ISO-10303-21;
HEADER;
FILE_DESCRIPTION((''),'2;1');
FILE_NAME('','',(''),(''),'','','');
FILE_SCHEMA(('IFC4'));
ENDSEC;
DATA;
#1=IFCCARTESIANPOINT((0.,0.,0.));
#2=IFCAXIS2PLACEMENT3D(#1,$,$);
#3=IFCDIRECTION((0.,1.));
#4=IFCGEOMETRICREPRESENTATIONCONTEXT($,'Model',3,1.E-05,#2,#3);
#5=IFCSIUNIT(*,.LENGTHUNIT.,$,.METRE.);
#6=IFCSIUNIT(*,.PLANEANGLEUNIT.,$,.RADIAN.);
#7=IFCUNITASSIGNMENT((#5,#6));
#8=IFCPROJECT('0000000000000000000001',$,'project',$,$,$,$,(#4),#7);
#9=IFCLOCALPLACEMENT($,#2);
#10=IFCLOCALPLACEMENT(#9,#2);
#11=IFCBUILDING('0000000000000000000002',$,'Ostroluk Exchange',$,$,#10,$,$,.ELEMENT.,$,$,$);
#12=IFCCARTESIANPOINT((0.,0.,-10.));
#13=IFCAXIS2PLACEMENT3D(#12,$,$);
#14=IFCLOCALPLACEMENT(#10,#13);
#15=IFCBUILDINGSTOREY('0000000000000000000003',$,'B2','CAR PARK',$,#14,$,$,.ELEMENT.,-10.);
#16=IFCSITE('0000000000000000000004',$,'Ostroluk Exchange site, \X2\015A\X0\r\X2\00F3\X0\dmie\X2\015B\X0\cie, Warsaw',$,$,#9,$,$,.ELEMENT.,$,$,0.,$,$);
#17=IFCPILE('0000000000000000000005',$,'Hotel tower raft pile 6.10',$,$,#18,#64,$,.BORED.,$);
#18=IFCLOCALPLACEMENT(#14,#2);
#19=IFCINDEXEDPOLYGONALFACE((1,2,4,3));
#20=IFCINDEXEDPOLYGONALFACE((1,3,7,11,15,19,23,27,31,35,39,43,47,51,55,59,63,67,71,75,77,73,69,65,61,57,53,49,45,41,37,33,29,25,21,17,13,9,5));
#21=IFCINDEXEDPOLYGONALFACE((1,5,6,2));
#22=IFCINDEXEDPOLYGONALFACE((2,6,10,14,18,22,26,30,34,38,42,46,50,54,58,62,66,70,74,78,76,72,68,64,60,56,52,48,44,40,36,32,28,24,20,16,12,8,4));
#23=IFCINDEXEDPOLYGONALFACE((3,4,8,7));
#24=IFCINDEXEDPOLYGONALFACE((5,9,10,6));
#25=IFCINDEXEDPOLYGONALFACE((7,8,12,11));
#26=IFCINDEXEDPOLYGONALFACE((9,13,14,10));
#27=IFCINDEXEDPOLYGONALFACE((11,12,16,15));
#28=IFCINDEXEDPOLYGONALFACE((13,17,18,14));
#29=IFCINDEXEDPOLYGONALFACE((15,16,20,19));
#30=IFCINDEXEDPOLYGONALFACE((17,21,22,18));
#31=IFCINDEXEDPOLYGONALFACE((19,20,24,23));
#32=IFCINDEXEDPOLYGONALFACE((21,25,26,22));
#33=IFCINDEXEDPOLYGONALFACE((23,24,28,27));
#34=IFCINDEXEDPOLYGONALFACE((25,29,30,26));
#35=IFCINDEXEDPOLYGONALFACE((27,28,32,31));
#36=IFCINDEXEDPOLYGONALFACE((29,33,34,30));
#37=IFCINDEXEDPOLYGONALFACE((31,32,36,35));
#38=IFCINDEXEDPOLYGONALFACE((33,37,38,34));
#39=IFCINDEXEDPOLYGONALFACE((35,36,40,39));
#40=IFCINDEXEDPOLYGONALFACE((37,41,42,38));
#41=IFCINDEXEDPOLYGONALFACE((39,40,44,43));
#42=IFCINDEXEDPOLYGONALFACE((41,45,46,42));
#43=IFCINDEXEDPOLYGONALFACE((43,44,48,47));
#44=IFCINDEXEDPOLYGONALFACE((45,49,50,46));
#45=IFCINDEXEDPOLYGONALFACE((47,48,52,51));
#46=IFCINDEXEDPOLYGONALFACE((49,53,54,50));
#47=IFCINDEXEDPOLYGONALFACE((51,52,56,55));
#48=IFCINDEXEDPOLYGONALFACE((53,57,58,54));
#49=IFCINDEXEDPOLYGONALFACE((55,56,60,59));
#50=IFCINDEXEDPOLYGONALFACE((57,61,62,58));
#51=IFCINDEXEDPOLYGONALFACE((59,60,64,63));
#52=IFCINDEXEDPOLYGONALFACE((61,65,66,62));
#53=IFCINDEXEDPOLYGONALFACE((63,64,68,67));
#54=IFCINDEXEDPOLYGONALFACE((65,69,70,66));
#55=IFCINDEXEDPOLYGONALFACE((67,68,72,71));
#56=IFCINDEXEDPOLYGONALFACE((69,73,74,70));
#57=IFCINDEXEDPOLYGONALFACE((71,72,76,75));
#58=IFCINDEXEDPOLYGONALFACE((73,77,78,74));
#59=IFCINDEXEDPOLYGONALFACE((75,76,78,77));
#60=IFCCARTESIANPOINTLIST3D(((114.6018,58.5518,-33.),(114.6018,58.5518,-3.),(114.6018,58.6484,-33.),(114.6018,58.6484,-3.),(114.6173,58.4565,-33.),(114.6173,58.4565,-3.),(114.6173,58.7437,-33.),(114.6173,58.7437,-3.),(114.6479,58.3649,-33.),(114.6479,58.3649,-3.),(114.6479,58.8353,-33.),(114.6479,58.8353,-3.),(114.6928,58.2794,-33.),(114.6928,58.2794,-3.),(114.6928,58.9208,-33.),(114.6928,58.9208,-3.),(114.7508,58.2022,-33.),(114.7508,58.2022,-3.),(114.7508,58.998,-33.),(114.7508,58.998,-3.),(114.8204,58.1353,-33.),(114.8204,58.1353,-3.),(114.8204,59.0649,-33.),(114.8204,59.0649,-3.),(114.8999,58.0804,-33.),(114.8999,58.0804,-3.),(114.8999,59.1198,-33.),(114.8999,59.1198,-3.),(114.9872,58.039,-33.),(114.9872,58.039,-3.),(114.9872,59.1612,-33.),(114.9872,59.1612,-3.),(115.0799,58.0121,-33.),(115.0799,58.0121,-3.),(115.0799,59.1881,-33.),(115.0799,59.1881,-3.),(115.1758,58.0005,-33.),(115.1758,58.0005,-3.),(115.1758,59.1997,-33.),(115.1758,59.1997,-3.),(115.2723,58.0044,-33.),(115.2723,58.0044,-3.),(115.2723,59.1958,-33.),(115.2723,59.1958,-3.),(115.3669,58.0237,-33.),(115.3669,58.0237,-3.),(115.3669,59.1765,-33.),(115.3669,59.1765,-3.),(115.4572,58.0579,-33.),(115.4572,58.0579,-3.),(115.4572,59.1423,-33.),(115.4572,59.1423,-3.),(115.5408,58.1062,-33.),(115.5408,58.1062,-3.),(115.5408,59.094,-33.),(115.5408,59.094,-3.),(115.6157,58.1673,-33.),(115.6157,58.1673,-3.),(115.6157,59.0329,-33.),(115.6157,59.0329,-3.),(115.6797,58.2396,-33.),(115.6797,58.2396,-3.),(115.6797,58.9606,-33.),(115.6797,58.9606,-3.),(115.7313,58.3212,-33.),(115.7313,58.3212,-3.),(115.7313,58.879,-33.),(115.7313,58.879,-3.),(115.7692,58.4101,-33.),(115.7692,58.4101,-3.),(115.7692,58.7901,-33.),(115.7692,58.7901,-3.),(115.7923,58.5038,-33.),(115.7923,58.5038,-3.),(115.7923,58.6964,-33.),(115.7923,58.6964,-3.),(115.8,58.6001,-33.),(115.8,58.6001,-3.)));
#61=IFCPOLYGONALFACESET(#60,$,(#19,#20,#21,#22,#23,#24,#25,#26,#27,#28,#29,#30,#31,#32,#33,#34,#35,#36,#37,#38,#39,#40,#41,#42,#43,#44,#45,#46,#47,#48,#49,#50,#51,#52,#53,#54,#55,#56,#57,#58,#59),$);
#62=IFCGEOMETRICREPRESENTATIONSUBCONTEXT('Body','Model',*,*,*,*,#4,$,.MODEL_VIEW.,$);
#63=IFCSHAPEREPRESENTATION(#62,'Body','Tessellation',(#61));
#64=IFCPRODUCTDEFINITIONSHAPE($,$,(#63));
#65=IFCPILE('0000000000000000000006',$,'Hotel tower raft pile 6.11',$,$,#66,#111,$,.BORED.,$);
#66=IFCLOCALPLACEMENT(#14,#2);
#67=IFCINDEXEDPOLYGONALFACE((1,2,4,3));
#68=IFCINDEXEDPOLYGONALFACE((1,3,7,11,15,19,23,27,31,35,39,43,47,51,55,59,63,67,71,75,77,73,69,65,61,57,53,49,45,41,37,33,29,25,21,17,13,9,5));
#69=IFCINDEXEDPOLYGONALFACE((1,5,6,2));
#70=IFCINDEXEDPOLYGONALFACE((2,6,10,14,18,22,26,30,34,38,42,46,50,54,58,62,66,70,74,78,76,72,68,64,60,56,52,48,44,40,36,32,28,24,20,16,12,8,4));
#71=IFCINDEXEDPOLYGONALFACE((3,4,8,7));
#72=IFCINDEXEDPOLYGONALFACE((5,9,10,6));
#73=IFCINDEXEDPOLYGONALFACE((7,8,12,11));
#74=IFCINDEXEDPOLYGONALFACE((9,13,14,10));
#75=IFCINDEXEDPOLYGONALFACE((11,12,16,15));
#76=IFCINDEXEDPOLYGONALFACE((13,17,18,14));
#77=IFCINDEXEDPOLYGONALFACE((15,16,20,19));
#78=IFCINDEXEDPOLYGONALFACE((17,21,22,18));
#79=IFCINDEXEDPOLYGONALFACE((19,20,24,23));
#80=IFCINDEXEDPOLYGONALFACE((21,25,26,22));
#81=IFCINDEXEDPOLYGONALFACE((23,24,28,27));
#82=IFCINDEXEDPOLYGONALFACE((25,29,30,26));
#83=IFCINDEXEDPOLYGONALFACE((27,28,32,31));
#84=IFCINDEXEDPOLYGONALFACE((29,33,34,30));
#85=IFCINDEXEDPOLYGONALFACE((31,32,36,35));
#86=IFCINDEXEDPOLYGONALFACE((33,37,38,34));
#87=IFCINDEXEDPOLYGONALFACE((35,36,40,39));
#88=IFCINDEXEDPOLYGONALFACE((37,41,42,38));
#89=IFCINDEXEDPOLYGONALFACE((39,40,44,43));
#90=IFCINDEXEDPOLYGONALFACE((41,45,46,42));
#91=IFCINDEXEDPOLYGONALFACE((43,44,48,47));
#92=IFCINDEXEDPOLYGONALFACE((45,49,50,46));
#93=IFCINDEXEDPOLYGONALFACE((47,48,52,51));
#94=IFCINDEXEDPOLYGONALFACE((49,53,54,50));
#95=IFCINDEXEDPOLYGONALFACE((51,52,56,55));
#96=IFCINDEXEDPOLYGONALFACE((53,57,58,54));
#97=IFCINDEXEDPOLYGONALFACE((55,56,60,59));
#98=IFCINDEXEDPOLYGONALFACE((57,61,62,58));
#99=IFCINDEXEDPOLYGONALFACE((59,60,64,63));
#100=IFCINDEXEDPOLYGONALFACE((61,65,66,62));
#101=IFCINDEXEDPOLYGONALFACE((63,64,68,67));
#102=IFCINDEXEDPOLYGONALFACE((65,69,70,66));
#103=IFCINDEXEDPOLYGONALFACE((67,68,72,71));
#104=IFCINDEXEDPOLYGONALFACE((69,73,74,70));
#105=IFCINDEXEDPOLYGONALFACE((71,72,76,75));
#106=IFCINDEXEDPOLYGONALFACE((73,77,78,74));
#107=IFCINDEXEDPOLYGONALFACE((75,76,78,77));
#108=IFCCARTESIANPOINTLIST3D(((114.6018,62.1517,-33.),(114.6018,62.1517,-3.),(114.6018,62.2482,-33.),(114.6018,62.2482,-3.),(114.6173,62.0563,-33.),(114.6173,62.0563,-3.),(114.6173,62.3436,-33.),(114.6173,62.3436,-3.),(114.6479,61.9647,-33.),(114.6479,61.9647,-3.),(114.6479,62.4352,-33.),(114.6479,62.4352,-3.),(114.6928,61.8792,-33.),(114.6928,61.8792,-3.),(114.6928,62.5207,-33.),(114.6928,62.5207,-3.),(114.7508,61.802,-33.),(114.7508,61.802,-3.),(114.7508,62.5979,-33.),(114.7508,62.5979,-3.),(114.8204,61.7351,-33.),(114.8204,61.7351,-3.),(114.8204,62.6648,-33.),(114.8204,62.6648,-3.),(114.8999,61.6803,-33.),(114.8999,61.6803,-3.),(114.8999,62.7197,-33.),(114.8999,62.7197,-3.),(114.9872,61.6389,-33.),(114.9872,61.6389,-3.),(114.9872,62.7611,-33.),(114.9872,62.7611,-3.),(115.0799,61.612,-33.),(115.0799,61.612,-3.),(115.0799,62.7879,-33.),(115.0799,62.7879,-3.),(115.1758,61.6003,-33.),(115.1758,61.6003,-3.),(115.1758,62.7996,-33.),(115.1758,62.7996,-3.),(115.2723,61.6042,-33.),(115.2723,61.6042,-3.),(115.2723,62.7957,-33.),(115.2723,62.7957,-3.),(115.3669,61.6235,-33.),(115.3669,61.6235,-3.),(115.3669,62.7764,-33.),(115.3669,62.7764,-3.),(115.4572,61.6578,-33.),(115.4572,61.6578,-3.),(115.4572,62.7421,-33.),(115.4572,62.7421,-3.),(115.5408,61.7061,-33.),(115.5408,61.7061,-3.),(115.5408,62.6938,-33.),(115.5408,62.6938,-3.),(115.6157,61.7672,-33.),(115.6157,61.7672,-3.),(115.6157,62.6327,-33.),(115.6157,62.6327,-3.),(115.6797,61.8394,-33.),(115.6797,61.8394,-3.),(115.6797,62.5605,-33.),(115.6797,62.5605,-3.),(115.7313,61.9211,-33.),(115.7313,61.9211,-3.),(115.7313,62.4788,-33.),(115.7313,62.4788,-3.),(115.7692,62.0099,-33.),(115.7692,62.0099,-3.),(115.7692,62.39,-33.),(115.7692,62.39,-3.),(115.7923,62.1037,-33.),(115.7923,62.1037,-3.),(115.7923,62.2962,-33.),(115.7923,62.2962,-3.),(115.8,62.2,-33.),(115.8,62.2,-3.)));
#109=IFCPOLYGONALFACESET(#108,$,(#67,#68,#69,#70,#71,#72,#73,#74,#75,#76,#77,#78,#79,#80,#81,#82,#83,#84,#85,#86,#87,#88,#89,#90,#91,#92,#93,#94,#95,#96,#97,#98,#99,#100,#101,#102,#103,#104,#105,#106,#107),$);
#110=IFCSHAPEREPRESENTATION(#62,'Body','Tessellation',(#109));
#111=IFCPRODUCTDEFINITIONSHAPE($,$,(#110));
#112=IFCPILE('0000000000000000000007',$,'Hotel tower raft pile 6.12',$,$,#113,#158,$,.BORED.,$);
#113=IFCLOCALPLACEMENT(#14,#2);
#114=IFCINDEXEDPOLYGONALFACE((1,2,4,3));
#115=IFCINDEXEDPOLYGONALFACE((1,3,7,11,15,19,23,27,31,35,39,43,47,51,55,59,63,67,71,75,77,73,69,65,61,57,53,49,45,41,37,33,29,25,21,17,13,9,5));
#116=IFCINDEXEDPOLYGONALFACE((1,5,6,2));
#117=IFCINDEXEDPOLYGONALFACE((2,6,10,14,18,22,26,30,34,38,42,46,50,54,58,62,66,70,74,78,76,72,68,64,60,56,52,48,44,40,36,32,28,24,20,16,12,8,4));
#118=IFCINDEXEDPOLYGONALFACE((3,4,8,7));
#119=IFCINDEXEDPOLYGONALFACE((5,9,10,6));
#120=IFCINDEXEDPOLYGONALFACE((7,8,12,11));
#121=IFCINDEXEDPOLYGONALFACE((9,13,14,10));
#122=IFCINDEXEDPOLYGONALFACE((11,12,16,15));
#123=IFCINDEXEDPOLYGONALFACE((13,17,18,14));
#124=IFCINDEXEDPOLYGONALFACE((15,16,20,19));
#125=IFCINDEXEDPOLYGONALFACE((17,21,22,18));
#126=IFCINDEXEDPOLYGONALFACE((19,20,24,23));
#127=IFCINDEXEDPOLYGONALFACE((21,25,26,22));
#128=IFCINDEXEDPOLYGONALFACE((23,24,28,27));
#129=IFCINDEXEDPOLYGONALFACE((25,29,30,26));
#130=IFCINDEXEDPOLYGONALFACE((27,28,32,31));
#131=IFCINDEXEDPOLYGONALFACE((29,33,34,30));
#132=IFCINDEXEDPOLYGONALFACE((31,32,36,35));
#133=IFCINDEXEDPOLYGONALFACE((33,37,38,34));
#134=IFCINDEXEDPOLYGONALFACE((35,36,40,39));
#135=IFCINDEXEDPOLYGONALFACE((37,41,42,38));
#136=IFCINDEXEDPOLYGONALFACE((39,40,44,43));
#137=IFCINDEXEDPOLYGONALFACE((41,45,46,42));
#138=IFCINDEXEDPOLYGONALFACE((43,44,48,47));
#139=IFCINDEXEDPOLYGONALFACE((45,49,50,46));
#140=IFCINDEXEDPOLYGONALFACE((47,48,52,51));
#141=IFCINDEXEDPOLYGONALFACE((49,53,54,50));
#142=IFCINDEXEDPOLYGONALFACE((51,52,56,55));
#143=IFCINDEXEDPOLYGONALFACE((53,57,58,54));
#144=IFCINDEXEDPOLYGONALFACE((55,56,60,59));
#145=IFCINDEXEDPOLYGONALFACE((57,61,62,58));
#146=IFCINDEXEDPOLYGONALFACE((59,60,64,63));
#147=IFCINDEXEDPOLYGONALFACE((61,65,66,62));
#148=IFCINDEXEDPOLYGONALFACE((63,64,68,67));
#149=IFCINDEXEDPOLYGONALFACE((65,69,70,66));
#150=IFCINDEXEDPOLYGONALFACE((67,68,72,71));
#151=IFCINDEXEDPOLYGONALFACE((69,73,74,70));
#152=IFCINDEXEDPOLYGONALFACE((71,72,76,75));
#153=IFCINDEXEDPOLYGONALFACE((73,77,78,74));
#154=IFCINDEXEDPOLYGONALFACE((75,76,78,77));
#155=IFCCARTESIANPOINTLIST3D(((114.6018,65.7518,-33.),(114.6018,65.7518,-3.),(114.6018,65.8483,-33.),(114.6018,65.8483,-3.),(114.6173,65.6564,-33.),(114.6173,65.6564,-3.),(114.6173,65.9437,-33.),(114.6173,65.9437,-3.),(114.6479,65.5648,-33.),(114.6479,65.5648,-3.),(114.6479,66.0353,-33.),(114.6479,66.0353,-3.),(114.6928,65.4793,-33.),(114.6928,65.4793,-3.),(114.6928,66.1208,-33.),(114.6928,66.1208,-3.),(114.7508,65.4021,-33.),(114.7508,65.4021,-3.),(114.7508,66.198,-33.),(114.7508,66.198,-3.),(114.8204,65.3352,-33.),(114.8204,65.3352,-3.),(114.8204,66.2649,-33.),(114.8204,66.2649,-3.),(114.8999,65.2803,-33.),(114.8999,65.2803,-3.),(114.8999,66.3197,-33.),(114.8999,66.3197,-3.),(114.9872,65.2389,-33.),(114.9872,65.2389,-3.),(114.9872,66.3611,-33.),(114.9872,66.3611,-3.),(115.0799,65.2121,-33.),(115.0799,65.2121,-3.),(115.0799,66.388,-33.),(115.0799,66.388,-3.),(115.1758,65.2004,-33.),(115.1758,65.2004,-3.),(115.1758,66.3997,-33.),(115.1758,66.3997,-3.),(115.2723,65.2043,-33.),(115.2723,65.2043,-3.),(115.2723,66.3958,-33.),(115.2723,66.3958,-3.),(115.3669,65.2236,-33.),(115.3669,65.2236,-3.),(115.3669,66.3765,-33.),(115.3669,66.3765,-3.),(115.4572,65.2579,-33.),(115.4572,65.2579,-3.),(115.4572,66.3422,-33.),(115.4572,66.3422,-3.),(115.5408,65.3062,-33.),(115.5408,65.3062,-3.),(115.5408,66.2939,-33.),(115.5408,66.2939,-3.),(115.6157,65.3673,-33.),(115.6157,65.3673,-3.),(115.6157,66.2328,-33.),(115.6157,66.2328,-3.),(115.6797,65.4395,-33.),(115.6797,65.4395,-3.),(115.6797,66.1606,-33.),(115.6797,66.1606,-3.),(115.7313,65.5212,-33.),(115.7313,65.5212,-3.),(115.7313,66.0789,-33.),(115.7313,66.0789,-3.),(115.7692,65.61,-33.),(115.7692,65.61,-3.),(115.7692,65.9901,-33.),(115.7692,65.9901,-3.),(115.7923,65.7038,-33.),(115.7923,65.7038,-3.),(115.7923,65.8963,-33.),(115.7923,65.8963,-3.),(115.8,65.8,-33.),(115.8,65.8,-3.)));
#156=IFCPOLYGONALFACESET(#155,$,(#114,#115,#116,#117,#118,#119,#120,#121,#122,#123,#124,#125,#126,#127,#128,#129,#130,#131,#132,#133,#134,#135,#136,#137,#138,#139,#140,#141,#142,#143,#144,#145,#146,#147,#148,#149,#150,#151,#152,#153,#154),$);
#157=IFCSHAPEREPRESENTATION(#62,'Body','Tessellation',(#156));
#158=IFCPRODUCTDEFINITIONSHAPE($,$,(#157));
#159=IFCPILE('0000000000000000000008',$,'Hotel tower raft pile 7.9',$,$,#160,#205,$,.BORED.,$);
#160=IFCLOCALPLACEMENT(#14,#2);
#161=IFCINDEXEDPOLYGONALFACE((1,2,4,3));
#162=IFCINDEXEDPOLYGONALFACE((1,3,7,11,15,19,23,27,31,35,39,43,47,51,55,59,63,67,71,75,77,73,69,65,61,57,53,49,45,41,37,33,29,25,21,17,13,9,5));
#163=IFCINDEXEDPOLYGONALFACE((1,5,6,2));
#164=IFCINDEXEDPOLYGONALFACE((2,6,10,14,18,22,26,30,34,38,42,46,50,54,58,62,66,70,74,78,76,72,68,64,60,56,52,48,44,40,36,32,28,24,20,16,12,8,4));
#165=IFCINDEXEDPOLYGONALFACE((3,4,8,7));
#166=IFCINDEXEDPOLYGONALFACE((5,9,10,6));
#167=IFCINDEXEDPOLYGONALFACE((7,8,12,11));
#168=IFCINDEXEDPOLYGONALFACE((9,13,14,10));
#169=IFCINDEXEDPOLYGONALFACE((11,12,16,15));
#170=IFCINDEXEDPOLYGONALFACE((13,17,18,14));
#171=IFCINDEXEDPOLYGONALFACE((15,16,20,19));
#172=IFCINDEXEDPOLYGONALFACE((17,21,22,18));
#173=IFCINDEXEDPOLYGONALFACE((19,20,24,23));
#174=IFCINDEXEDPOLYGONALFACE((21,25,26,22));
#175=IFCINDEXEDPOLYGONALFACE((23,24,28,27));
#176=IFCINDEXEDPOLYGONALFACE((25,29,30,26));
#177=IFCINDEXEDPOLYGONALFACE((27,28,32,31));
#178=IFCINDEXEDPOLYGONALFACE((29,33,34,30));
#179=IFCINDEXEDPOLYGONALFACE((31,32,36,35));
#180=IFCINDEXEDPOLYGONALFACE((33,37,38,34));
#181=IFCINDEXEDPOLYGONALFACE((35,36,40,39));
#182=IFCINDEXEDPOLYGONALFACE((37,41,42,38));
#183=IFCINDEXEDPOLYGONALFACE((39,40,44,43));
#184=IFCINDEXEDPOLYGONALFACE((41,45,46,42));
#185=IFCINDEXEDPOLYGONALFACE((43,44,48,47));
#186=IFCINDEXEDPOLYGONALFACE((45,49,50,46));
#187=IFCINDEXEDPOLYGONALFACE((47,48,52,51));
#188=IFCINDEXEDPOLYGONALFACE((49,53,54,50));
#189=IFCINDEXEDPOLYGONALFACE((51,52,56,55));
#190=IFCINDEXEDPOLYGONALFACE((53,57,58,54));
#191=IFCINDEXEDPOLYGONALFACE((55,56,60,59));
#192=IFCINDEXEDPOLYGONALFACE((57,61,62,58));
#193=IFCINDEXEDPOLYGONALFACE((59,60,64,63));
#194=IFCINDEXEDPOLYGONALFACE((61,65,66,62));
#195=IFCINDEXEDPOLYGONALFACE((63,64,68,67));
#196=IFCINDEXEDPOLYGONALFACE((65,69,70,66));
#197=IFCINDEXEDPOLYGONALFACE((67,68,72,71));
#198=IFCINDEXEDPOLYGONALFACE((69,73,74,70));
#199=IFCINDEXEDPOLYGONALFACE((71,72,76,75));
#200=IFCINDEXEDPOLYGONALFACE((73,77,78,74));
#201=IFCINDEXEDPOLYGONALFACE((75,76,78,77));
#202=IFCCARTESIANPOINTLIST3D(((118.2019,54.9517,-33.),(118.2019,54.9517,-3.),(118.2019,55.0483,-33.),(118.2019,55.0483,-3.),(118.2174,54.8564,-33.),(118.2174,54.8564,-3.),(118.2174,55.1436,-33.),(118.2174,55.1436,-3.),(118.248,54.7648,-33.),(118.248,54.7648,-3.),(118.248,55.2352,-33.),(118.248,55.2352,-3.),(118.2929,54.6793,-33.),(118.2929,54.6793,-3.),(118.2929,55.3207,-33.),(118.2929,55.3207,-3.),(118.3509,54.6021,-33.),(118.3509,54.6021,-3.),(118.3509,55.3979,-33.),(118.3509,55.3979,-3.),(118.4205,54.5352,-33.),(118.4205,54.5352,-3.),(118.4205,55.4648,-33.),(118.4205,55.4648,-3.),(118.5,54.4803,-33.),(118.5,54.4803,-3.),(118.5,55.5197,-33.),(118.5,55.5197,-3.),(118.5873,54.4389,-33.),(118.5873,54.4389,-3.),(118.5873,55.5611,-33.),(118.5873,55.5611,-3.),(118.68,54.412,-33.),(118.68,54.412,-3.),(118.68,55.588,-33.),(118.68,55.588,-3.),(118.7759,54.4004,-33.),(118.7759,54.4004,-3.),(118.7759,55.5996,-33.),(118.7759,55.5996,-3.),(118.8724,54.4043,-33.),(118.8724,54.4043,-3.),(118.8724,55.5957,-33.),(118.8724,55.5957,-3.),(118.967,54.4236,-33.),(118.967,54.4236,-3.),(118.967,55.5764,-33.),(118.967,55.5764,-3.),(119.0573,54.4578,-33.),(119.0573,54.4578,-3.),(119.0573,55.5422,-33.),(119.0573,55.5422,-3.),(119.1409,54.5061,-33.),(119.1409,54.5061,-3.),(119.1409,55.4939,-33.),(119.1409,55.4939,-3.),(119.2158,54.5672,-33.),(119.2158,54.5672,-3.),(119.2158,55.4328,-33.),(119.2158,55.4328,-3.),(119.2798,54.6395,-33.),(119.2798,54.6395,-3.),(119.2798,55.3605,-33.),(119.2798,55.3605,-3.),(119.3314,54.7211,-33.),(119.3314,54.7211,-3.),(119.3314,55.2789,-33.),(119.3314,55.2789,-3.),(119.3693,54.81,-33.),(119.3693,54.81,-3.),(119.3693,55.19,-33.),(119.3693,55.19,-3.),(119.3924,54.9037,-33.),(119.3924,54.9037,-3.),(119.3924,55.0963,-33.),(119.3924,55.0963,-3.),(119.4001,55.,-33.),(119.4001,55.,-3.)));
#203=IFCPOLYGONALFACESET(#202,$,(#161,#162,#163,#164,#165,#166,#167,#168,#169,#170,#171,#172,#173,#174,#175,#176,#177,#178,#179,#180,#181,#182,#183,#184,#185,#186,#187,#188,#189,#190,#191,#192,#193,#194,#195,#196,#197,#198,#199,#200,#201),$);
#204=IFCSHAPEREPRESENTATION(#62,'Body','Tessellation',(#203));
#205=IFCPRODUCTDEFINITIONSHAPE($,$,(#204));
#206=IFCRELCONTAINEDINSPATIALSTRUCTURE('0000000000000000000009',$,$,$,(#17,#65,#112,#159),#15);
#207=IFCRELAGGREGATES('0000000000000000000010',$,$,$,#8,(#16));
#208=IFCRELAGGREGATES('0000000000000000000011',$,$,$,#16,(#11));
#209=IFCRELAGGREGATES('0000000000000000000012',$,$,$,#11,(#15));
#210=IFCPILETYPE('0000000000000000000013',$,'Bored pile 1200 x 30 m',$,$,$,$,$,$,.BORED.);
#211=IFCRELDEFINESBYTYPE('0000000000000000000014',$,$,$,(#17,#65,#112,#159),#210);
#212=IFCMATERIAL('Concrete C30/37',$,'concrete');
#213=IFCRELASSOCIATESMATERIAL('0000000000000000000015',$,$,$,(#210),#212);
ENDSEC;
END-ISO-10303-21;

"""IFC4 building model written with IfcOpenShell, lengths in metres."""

from ifc_helpers import new_model, si_unit, direction, frame, origin, origin_2d, place, context, subcontext, project, spatial, circle, extrude, material, type_object, element, save


model = new_model("IFC4")

# Units and contexts
model_context = context("Model", 3, precision=1e-05, world=origin(), true_north=direction((0.0, 1.0)))
body_context = subcontext(model_context, "Body", "Model", "MODEL_VIEW")
ifc_project = project(units=[si_unit("LENGTHUNIT", "METRE"), si_unit("PLANEANGLEUNIT", "RADIAN")], contexts=[model_context])

# Site, building, storey
site_placement = place(None, origin())
site = spatial("IfcSite", under=ifc_project, at=site_placement, Name="Ostroluk Exchange site, Śródmieście, Warsaw", CompositionType="ELEMENT", RefElevation=0.0)
building_placement = place(site_placement, origin())
building = spatial("IfcBuilding", under=site, at=building_placement, Name="Ostroluk Exchange", CompositionType="ELEMENT")
storey_placement = place(building_placement, frame((0.0, 0.0, -10.0)))
storey = spatial("IfcBuildingStorey", under=building, at=storey_placement, Name="B2", Description="CAR PARK", CompositionType="ELEMENT", Elevation=-10.0)

# Piles
ifc_material_1 = material(Name="Concrete C30/37", Category="concrete")
pile_type_1 = type_object("IfcPileType", Name="Bored pile 1200 x 30 m", PredefinedType="BORED", material=ifc_material_1)
for number, where, z_axis, x_axis, name in (
    (1, (115.2, 58.6001, -3.0), (0.0, 0.0, -1.0), (1.0, 0.0, 0.0), "Hotel tower raft pile 6.10"),
    (2, (115.2, 62.2, -3.0), (0.0, 0.0, -1.0), (1.0, 0.0, 0.0), "Hotel tower raft pile 6.11"),
    (3, (115.2, 65.8, -3.0), (0.0, 0.0, -1.0), (1.0, 0.0, 0.0), "Hotel tower raft pile 6.12"),
    (4, (118.8, 55.0, -3.0), (0.0, 0.0, -1.0), (1.0, 0.0, 0.0), "Hotel tower raft pile 7.9"),
):
    element("IfcPile", number, at=place(storey_placement, frame(where, z_axis=z_axis, x_axis=x_axis)), inside=storey, type_object=pile_type_1, Name=name, PredefinedType="BORED", context=body_context, shape_type="SweptSolid", body=[
        extrude(circle(Radius=0.6001, at=origin_2d()), origin(), (0.0, 0.0, 1.0), 30.0),
    ])

save(model, "model.ifc")
